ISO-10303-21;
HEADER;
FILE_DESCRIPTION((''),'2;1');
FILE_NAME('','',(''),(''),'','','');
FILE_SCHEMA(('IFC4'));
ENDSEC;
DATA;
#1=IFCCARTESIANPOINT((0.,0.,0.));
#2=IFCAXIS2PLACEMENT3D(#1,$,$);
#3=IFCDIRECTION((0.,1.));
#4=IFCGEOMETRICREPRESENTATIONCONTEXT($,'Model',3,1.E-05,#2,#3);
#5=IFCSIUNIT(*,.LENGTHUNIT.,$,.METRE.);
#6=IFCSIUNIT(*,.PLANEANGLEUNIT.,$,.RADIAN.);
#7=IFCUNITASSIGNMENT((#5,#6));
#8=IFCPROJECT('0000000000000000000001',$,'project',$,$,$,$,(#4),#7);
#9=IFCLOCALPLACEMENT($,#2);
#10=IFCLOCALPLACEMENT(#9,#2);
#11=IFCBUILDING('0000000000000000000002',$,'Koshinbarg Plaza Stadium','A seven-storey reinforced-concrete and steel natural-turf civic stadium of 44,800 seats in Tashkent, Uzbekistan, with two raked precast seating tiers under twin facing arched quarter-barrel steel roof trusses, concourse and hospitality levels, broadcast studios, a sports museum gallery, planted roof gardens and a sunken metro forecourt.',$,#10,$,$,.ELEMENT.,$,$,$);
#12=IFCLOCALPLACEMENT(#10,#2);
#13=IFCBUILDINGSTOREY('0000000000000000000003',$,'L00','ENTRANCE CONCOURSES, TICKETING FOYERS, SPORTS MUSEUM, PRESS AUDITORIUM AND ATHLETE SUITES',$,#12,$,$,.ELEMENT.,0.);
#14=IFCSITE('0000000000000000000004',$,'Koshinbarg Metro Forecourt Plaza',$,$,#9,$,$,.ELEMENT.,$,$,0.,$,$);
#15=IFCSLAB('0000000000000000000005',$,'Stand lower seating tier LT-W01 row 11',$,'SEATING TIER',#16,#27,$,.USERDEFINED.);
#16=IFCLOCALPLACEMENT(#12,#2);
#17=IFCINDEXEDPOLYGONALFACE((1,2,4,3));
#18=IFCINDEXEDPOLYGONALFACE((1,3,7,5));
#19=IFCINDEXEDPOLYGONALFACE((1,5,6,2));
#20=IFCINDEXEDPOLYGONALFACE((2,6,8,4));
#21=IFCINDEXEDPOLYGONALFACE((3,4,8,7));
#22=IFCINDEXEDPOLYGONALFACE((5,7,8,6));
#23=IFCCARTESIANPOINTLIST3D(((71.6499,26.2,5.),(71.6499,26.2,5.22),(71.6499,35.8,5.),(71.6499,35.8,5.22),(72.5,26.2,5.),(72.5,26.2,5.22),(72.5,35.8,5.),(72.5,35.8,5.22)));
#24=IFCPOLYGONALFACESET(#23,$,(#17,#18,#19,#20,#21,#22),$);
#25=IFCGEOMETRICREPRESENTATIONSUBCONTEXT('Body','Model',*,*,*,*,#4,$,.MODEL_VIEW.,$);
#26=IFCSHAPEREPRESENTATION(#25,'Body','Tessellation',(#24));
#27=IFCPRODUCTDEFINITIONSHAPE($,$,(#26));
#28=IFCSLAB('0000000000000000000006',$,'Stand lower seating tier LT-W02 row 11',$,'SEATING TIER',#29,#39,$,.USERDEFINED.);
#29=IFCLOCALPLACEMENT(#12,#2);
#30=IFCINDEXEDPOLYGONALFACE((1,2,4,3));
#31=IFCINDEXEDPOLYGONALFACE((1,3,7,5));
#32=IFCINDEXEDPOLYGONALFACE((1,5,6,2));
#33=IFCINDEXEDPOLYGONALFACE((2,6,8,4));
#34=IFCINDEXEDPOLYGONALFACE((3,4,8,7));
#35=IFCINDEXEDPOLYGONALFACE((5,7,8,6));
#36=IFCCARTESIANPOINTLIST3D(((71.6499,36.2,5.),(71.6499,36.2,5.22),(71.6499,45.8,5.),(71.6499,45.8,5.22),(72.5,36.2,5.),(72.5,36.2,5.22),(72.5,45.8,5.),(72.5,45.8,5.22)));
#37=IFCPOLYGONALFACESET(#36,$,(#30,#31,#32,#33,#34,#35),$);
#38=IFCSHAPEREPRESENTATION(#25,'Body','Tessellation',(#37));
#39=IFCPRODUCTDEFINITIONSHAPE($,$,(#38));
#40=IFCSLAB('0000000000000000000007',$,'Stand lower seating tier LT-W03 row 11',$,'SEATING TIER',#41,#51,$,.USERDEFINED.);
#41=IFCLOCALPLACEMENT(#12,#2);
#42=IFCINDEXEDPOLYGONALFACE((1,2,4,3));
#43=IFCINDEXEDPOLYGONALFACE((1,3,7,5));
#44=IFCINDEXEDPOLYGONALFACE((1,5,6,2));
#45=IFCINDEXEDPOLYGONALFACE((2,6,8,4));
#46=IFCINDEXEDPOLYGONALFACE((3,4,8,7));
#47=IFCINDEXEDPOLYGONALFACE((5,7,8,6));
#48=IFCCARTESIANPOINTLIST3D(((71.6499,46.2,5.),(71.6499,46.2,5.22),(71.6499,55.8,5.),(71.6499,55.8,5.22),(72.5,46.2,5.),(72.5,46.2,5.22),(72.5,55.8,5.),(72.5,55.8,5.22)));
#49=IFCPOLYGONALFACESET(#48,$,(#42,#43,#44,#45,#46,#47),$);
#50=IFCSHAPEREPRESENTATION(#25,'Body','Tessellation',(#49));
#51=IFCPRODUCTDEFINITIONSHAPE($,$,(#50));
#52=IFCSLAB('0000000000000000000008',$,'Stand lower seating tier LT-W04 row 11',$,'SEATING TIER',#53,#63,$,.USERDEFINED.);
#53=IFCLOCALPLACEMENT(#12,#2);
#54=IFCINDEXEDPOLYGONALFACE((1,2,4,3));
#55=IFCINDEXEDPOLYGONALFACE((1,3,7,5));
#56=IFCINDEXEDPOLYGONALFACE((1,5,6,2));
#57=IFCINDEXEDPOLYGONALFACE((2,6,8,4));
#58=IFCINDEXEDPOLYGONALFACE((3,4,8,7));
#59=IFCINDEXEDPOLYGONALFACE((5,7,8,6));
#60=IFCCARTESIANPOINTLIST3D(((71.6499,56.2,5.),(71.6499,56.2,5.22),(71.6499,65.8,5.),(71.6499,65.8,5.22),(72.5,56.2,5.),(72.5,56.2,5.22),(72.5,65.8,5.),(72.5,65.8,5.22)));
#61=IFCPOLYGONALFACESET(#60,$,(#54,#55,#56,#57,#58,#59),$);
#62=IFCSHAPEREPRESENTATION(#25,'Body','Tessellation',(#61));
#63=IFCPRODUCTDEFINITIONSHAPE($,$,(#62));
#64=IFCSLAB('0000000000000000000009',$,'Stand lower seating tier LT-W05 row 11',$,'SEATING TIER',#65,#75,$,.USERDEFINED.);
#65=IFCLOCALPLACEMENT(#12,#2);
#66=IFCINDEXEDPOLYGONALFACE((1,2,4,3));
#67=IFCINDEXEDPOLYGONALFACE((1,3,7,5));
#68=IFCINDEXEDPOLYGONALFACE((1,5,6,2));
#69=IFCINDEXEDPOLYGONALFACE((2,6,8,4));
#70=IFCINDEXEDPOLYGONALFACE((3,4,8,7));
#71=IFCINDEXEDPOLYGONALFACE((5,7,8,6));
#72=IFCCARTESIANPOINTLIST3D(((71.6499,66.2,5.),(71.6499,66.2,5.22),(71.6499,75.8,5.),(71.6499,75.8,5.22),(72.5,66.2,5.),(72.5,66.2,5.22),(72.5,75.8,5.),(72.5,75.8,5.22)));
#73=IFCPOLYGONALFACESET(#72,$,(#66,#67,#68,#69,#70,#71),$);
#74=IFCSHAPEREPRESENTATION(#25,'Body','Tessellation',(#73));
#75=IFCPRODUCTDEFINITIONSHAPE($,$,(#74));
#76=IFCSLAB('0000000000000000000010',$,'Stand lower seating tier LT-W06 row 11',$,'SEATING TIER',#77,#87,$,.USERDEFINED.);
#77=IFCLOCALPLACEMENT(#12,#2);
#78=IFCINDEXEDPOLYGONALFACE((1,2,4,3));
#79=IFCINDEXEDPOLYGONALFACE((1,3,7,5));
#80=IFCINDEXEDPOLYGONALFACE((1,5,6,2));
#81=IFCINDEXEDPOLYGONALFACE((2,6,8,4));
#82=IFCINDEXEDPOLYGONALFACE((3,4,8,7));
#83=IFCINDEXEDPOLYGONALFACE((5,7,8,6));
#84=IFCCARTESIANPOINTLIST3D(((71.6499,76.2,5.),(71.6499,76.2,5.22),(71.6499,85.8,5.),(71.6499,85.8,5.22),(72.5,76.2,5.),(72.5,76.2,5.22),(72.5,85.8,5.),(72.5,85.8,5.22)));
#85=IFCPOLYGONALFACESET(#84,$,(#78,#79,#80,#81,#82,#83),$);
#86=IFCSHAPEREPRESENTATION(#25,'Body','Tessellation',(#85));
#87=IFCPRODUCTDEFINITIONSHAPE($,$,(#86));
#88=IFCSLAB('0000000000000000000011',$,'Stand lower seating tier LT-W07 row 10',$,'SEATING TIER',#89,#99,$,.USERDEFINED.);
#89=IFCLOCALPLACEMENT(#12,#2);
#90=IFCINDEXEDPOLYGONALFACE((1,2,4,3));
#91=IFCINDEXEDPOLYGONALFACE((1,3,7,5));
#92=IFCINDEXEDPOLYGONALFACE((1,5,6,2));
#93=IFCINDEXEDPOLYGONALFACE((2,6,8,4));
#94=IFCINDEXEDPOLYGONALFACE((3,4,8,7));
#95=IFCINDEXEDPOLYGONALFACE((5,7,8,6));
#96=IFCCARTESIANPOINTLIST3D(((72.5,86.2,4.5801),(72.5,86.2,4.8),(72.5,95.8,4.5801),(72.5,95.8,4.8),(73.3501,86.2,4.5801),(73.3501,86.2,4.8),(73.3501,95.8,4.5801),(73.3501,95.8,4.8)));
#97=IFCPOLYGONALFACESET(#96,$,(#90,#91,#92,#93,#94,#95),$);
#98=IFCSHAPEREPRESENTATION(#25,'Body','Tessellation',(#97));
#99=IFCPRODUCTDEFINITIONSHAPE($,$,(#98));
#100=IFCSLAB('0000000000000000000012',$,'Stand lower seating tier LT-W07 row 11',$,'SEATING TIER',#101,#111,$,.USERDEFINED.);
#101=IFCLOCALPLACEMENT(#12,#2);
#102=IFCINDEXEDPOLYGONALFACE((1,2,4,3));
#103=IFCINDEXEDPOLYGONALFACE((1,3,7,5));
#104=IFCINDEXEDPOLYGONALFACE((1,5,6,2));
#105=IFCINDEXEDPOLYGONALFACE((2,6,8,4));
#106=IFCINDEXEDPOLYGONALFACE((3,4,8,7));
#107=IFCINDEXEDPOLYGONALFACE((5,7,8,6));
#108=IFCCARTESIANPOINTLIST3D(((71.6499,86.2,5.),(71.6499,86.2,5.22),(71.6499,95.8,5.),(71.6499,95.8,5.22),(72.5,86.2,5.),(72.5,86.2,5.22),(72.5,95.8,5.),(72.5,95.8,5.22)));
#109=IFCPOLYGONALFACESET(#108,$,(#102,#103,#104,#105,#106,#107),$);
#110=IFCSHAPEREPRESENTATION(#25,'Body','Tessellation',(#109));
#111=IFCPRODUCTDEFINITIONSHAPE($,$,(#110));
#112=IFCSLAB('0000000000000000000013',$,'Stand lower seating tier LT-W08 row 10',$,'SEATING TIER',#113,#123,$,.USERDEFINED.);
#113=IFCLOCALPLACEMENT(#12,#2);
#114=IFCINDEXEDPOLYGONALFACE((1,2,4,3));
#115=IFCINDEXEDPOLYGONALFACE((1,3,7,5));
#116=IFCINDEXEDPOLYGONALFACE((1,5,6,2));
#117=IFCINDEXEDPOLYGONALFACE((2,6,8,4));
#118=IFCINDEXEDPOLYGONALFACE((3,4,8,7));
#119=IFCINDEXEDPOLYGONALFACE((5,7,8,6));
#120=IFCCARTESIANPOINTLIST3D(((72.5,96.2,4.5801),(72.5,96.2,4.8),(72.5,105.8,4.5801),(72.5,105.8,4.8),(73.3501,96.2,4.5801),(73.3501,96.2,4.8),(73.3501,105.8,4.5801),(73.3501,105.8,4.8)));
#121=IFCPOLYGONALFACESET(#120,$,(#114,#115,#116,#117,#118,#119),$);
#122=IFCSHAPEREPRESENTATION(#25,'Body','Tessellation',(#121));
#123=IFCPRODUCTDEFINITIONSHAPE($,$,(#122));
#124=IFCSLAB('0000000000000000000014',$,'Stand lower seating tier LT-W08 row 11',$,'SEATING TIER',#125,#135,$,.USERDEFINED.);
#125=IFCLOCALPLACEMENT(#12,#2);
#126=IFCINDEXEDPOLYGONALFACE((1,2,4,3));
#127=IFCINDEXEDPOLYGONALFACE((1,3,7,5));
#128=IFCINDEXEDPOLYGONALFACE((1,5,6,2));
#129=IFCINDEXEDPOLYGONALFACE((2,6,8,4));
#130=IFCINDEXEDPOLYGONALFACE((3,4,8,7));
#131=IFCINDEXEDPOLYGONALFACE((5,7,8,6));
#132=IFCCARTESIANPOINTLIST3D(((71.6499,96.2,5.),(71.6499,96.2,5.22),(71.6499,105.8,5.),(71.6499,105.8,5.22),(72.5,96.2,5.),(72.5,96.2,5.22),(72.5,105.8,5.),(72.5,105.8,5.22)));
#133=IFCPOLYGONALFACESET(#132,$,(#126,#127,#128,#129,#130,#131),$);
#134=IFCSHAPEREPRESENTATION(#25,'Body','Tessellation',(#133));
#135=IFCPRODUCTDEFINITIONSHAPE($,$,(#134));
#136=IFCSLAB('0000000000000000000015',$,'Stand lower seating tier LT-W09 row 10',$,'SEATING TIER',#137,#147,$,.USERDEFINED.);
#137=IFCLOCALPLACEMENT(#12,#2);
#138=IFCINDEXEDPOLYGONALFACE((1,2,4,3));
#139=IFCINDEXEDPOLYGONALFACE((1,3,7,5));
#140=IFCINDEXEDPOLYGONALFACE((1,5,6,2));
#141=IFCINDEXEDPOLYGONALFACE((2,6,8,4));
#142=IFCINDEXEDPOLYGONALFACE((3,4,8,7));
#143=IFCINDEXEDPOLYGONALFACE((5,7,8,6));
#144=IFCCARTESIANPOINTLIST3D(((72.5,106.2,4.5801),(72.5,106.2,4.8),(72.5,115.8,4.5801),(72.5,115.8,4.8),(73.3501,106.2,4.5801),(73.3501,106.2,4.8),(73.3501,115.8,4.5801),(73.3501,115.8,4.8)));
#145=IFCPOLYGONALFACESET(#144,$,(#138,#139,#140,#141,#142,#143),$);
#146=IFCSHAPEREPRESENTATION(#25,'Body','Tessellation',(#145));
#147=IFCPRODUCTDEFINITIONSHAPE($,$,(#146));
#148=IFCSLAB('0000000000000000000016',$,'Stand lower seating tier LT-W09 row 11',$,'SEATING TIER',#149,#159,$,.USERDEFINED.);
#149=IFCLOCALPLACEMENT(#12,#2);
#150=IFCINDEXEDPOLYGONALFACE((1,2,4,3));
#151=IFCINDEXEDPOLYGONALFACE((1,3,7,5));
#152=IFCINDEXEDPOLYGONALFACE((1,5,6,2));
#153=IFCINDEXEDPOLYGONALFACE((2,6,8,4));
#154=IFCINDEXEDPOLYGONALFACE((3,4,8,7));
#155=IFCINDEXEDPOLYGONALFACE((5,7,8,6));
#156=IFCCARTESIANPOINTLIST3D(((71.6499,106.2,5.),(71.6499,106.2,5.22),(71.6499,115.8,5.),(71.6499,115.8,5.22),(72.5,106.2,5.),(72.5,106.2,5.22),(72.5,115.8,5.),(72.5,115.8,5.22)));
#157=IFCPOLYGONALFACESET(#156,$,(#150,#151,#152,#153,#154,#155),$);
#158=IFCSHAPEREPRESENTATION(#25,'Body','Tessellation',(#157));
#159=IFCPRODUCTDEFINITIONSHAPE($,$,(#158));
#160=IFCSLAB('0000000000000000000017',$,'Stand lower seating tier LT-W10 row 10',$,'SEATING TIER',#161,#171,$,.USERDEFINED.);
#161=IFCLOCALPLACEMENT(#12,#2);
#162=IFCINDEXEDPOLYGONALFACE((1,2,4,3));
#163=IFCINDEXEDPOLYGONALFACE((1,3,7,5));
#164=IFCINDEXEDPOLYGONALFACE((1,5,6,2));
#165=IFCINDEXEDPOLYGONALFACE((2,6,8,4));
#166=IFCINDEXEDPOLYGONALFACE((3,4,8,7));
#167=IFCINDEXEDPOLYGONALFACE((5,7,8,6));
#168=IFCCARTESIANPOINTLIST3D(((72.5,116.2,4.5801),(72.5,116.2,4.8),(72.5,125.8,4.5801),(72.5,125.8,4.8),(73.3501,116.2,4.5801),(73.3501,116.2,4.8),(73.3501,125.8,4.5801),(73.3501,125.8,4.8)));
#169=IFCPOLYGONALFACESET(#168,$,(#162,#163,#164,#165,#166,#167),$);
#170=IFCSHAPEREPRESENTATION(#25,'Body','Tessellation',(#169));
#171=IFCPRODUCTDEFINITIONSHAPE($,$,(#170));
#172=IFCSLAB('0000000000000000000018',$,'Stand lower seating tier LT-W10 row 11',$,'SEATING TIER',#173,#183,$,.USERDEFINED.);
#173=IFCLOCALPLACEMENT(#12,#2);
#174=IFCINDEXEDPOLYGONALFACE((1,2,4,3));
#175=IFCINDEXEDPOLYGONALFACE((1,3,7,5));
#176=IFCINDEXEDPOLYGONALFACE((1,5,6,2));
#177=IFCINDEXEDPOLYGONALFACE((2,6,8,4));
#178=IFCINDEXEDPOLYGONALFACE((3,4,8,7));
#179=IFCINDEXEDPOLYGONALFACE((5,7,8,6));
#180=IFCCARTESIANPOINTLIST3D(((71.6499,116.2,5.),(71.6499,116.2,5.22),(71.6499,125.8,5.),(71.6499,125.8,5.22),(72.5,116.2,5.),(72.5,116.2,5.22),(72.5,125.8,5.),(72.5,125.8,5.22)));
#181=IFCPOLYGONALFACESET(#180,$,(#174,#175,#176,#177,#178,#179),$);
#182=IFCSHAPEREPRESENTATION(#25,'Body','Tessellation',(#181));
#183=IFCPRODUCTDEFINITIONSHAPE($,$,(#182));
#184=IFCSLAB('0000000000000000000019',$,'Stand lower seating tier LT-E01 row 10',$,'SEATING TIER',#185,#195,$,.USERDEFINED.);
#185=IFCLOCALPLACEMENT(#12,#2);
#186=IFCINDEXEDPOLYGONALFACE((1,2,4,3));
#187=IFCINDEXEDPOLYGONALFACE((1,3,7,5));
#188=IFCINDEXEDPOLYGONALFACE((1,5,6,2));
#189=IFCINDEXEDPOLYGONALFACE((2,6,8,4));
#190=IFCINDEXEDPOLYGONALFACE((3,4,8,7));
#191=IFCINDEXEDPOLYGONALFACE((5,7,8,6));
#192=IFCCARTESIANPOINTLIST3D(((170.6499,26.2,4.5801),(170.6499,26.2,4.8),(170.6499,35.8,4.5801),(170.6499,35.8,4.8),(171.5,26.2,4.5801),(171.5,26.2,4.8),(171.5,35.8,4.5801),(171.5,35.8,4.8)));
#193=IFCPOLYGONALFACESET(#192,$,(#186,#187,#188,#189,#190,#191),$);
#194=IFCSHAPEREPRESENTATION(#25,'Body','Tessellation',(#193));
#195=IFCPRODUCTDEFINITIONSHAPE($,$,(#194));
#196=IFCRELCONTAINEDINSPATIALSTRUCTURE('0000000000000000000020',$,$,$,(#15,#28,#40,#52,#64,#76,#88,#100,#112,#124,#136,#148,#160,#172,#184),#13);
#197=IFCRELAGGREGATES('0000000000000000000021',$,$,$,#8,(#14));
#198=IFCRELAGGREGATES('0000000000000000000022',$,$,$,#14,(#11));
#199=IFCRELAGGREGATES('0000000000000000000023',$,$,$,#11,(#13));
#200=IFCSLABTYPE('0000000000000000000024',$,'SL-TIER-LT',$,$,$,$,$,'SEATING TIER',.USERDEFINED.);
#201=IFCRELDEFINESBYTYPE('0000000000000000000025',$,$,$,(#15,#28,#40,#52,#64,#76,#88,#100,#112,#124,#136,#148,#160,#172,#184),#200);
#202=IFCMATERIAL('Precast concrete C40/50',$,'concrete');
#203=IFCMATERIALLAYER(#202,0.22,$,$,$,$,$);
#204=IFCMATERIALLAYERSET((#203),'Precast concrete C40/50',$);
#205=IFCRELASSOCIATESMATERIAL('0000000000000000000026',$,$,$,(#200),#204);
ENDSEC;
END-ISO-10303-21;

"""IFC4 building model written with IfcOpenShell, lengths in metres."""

from ifc_helpers import new_model, si_unit, direction, frame, origin, place, context, subcontext, project, spatial, polyline, outline, extrude, material, layer, layer_set, type_object, element, save


model = new_model("IFC4")

# Units and contexts
model_context = context("Model", 3, precision=1e-05, world=origin(), true_north=direction((0.0, 1.0)))
body_context = subcontext(model_context, "Body", "Model", "MODEL_VIEW")
ifc_project = project(units=[si_unit("LENGTHUNIT", "METRE"), si_unit("PLANEANGLEUNIT", "RADIAN")], contexts=[model_context])

# Site, building, storey
site_placement = place(None, origin())
site = spatial("IfcSite", under=ifc_project, at=site_placement, Name="Koshinbarg Metro Forecourt Plaza", CompositionType="ELEMENT", RefElevation=0.0)
building_placement = place(site_placement, origin())
building = spatial("IfcBuilding", under=site, at=building_placement, Name="Koshinbarg Plaza Stadium", Description="A seven-storey reinforced-concrete and steel natural-turf civic stadium of 44,800 seats in Tashkent, Uzbekistan, with two raked precast seating tiers under twin facing arched quarter-barrel steel roof trusses, concourse and hospitality levels, broadcast studios, a sports museum gallery, planted roof gardens and a sunken metro forecourt.", CompositionType="ELEMENT")
storey_placement = place(building_placement, origin())
storey = spatial("IfcBuildingStorey", under=building, at=storey_placement, Name="L00", Description="ENTRANCE CONCOURSES, TICKETING FOYERS, SPORTS MUSEUM, PRESS AUDITORIUM AND ATHLETE SUITES", CompositionType="ELEMENT", Elevation=0.0)

# Slabs
ifc_material = material(Name="Precast concrete C40/50", Category="concrete")
ifc_layer = layer(ifc_material, 0.22)
ifc_layer_set = layer_set([ifc_layer], Name="Precast concrete C40/50")
slab_type = type_object("IfcSlabType", Name="SL-TIER-LT", ElementType="SEATING TIER", PredefinedType="USERDEFINED", material=ifc_layer_set)
slab_1_placement = place(storey_placement, frame((0.0, 0.0, 5.0)))
element("IfcSlab", 1, at=slab_1_placement, inside=storey, type_object=slab_type, Name="Stand lower seating tier LT-W01 row 11", ObjectType="SEATING TIER", PredefinedType="USERDEFINED", context=body_context, shape_type="SweptSolid", body=[
    extrude(outline(polyline([(71.6499, 26.2), (72.5, 26.2), (72.5, 35.8), (71.6499, 35.8), (71.6499, 26.2)])), origin(), (0.0, 0.0, 1.0), 0.22),
])
slab_2_placement = place(storey_placement, frame((0.0, 0.0, 5.0)))
element("IfcSlab", 2, at=slab_2_placement, inside=storey, type_object=slab_type, Name="Stand lower seating tier LT-W02 row 11", ObjectType="SEATING TIER", PredefinedType="USERDEFINED", context=body_context, shape_type="SweptSolid", body=[
    extrude(outline(polyline([(71.6499, 36.2), (72.5, 36.2), (72.5, 45.8), (71.6499, 45.8), (71.6499, 36.2)])), origin(), (0.0, 0.0, 1.0), 0.22),
])
slab_3_placement = place(storey_placement, frame((0.0, 0.0, 5.0)))
element("IfcSlab", 3, at=slab_3_placement, inside=storey, type_object=slab_type, Name="Stand lower seating tier LT-W03 row 11", ObjectType="SEATING TIER", PredefinedType="USERDEFINED", context=body_context, shape_type="SweptSolid", body=[
    extrude(outline(polyline([(71.6499, 46.2), (72.5, 46.2), (72.5, 55.8), (71.6499, 55.8), (71.6499, 46.2)])), origin(), (0.0, 0.0, 1.0), 0.22),
])
slab_4_placement = place(storey_placement, frame((0.0, 0.0, 5.0)))
element("IfcSlab", 4, at=slab_4_placement, inside=storey, type_object=slab_type, Name="Stand lower seating tier LT-W04 row 11", ObjectType="SEATING TIER", PredefinedType="USERDEFINED", context=body_context, shape_type="SweptSolid", body=[
    extrude(outline(polyline([(71.6499, 56.2), (72.5, 56.2), (72.5, 65.8), (71.6499, 65.8), (71.6499, 56.2)])), origin(), (0.0, 0.0, 1.0), 0.22),
])
slab_5_placement = place(storey_placement, frame((0.0, 0.0, 5.0)))
element("IfcSlab", 5, at=slab_5_placement, inside=storey, type_object=slab_type, Name="Stand lower seating tier LT-W05 row 11", ObjectType="SEATING TIER", PredefinedType="USERDEFINED", context=body_context, shape_type="SweptSolid", body=[
    extrude(outline(polyline([(71.6499, 66.2), (72.5, 66.2), (72.5, 75.8), (71.6499, 75.8), (71.6499, 66.2)])), origin(), (0.0, 0.0, 1.0), 0.22),
])
slab_6_placement = place(storey_placement, frame((0.0, 0.0, 5.0)))
element("IfcSlab", 6, at=slab_6_placement, inside=storey, type_object=slab_type, Name="Stand lower seating tier LT-W06 row 11", ObjectType="SEATING TIER", PredefinedType="USERDEFINED", context=body_context, shape_type="SweptSolid", body=[
    extrude(outline(polyline([(71.6499, 76.2), (72.5, 76.2), (72.5, 85.8), (71.6499, 85.8), (71.6499, 76.2)])), origin(), (0.0, 0.0, 1.0), 0.22),
])
slab_7_placement = place(storey_placement, frame((0.0, 0.0, 4.5801)))
element("IfcSlab", 7, at=slab_7_placement, inside=storey, type_object=slab_type, Name="Stand lower seating tier LT-W07 row 10", ObjectType="SEATING TIER", PredefinedType="USERDEFINED", context=body_context, shape_type="SweptSolid", body=[
    extrude(outline(polyline([(72.5, 86.2), (73.3501, 86.2), (73.3501, 95.8), (72.5, 95.8), (72.5, 86.2)])), origin(), (0.0, 0.0, 1.0), 0.22),
])
slab_8_placement = place(storey_placement, frame((0.0, 0.0, 5.0)))
element("IfcSlab", 8, at=slab_8_placement, inside=storey, type_object=slab_type, Name="Stand lower seating tier LT-W07 row 11", ObjectType="SEATING TIER", PredefinedType="USERDEFINED", context=body_context, shape_type="SweptSolid", body=[
    extrude(outline(polyline([(71.6499, 86.2), (72.5, 86.2), (72.5, 95.8), (71.6499, 95.8), (71.6499, 86.2)])), origin(), (0.0, 0.0, 1.0), 0.22),
])
slab_9_placement = place(storey_placement, frame((0.0, 0.0, 4.5801)))
element("IfcSlab", 9, at=slab_9_placement, inside=storey, type_object=slab_type, Name="Stand lower seating tier LT-W08 row 10", ObjectType="SEATING TIER", PredefinedType="USERDEFINED", context=body_context, shape_type="SweptSolid", body=[
    extrude(outline(polyline([(72.5, 96.2), (73.3501, 96.2), (73.3501, 105.8), (72.5, 105.8), (72.5, 96.2)])), origin(), (0.0, 0.0, 1.0), 0.22),
])
slab_10_placement = place(storey_placement, frame((0.0, 0.0, 5.0)))
element("IfcSlab", 10, at=slab_10_placement, inside=storey, type_object=slab_type, Name="Stand lower seating tier LT-W08 row 11", ObjectType="SEATING TIER", PredefinedType="USERDEFINED", context=body_context, shape_type="SweptSolid", body=[
    extrude(outline(polyline([(71.6499, 96.2), (72.5, 96.2), (72.5, 105.8), (71.6499, 105.8), (71.6499, 96.2)])), origin(), (0.0, 0.0, 1.0), 0.22),
])
slab_11_placement = place(storey_placement, frame((0.0, 0.0, 4.5801)))
element("IfcSlab", 11, at=slab_11_placement, inside=storey, type_object=slab_type, Name="Stand lower seating tier LT-W09 row 10", ObjectType="SEATING TIER", PredefinedType="USERDEFINED", context=body_context, shape_type="SweptSolid", body=[
    extrude(outline(polyline([(72.5, 106.2), (73.3501, 106.2), (73.3501, 115.8), (72.5, 115.8), (72.5, 106.2)])), origin(), (0.0, 0.0, 1.0), 0.22),
])
slab_12_placement = place(storey_placement, frame((0.0, 0.0, 5.0)))
element("IfcSlab", 12, at=slab_12_placement, inside=storey, type_object=slab_type, Name="Stand lower seating tier LT-W09 row 11", ObjectType="SEATING TIER", PredefinedType="USERDEFINED", context=body_context, shape_type="SweptSolid", body=[
    extrude(outline(polyline([(71.6499, 106.2), (72.5, 106.2), (72.5, 115.8), (71.6499, 115.8), (71.6499, 106.2)])), origin(), (0.0, 0.0, 1.0), 0.22),
])
slab_13_placement = place(storey_placement, frame((0.0, 0.0, 4.5801)))
element("IfcSlab", 13, at=slab_13_placement, inside=storey, type_object=slab_type, Name="Stand lower seating tier LT-W10 row 10", ObjectType="SEATING TIER", PredefinedType="USERDEFINED", context=body_context, shape_type="SweptSolid", body=[
    extrude(outline(polyline([(72.5, 116.2), (73.3501, 116.2), (73.3501, 125.8), (72.5, 125.8), (72.5, 116.2)])), origin(), (0.0, 0.0, 1.0), 0.22),
])
slab_14_placement = place(storey_placement, frame((0.0, 0.0, 5.0)))
element("IfcSlab", 14, at=slab_14_placement, inside=storey, type_object=slab_type, Name="Stand lower seating tier LT-W10 row 11", ObjectType="SEATING TIER", PredefinedType="USERDEFINED", context=body_context, shape_type="SweptSolid", body=[
    extrude(outline(polyline([(71.6499, 116.2), (72.5, 116.2), (72.5, 125.8), (71.6499, 125.8), (71.6499, 116.2)])), origin(), (0.0, 0.0, 1.0), 0.22),
])
slab_15_placement = place(storey_placement, frame((0.0, 0.0, 4.5801)))
element("IfcSlab", 15, at=slab_15_placement, inside=storey, type_object=slab_type, Name="Stand lower seating tier LT-E01 row 10", ObjectType="SEATING TIER", PredefinedType="USERDEFINED", context=body_context, shape_type="SweptSolid", body=[
    extrude(outline(polyline([(170.6499, 26.2), (171.5, 26.2), (171.5, 35.8), (170.6499, 35.8), (170.6499, 26.2)])), origin(), (0.0, 0.0, 1.0), 0.22),
])

save(model, "model.ifc")
